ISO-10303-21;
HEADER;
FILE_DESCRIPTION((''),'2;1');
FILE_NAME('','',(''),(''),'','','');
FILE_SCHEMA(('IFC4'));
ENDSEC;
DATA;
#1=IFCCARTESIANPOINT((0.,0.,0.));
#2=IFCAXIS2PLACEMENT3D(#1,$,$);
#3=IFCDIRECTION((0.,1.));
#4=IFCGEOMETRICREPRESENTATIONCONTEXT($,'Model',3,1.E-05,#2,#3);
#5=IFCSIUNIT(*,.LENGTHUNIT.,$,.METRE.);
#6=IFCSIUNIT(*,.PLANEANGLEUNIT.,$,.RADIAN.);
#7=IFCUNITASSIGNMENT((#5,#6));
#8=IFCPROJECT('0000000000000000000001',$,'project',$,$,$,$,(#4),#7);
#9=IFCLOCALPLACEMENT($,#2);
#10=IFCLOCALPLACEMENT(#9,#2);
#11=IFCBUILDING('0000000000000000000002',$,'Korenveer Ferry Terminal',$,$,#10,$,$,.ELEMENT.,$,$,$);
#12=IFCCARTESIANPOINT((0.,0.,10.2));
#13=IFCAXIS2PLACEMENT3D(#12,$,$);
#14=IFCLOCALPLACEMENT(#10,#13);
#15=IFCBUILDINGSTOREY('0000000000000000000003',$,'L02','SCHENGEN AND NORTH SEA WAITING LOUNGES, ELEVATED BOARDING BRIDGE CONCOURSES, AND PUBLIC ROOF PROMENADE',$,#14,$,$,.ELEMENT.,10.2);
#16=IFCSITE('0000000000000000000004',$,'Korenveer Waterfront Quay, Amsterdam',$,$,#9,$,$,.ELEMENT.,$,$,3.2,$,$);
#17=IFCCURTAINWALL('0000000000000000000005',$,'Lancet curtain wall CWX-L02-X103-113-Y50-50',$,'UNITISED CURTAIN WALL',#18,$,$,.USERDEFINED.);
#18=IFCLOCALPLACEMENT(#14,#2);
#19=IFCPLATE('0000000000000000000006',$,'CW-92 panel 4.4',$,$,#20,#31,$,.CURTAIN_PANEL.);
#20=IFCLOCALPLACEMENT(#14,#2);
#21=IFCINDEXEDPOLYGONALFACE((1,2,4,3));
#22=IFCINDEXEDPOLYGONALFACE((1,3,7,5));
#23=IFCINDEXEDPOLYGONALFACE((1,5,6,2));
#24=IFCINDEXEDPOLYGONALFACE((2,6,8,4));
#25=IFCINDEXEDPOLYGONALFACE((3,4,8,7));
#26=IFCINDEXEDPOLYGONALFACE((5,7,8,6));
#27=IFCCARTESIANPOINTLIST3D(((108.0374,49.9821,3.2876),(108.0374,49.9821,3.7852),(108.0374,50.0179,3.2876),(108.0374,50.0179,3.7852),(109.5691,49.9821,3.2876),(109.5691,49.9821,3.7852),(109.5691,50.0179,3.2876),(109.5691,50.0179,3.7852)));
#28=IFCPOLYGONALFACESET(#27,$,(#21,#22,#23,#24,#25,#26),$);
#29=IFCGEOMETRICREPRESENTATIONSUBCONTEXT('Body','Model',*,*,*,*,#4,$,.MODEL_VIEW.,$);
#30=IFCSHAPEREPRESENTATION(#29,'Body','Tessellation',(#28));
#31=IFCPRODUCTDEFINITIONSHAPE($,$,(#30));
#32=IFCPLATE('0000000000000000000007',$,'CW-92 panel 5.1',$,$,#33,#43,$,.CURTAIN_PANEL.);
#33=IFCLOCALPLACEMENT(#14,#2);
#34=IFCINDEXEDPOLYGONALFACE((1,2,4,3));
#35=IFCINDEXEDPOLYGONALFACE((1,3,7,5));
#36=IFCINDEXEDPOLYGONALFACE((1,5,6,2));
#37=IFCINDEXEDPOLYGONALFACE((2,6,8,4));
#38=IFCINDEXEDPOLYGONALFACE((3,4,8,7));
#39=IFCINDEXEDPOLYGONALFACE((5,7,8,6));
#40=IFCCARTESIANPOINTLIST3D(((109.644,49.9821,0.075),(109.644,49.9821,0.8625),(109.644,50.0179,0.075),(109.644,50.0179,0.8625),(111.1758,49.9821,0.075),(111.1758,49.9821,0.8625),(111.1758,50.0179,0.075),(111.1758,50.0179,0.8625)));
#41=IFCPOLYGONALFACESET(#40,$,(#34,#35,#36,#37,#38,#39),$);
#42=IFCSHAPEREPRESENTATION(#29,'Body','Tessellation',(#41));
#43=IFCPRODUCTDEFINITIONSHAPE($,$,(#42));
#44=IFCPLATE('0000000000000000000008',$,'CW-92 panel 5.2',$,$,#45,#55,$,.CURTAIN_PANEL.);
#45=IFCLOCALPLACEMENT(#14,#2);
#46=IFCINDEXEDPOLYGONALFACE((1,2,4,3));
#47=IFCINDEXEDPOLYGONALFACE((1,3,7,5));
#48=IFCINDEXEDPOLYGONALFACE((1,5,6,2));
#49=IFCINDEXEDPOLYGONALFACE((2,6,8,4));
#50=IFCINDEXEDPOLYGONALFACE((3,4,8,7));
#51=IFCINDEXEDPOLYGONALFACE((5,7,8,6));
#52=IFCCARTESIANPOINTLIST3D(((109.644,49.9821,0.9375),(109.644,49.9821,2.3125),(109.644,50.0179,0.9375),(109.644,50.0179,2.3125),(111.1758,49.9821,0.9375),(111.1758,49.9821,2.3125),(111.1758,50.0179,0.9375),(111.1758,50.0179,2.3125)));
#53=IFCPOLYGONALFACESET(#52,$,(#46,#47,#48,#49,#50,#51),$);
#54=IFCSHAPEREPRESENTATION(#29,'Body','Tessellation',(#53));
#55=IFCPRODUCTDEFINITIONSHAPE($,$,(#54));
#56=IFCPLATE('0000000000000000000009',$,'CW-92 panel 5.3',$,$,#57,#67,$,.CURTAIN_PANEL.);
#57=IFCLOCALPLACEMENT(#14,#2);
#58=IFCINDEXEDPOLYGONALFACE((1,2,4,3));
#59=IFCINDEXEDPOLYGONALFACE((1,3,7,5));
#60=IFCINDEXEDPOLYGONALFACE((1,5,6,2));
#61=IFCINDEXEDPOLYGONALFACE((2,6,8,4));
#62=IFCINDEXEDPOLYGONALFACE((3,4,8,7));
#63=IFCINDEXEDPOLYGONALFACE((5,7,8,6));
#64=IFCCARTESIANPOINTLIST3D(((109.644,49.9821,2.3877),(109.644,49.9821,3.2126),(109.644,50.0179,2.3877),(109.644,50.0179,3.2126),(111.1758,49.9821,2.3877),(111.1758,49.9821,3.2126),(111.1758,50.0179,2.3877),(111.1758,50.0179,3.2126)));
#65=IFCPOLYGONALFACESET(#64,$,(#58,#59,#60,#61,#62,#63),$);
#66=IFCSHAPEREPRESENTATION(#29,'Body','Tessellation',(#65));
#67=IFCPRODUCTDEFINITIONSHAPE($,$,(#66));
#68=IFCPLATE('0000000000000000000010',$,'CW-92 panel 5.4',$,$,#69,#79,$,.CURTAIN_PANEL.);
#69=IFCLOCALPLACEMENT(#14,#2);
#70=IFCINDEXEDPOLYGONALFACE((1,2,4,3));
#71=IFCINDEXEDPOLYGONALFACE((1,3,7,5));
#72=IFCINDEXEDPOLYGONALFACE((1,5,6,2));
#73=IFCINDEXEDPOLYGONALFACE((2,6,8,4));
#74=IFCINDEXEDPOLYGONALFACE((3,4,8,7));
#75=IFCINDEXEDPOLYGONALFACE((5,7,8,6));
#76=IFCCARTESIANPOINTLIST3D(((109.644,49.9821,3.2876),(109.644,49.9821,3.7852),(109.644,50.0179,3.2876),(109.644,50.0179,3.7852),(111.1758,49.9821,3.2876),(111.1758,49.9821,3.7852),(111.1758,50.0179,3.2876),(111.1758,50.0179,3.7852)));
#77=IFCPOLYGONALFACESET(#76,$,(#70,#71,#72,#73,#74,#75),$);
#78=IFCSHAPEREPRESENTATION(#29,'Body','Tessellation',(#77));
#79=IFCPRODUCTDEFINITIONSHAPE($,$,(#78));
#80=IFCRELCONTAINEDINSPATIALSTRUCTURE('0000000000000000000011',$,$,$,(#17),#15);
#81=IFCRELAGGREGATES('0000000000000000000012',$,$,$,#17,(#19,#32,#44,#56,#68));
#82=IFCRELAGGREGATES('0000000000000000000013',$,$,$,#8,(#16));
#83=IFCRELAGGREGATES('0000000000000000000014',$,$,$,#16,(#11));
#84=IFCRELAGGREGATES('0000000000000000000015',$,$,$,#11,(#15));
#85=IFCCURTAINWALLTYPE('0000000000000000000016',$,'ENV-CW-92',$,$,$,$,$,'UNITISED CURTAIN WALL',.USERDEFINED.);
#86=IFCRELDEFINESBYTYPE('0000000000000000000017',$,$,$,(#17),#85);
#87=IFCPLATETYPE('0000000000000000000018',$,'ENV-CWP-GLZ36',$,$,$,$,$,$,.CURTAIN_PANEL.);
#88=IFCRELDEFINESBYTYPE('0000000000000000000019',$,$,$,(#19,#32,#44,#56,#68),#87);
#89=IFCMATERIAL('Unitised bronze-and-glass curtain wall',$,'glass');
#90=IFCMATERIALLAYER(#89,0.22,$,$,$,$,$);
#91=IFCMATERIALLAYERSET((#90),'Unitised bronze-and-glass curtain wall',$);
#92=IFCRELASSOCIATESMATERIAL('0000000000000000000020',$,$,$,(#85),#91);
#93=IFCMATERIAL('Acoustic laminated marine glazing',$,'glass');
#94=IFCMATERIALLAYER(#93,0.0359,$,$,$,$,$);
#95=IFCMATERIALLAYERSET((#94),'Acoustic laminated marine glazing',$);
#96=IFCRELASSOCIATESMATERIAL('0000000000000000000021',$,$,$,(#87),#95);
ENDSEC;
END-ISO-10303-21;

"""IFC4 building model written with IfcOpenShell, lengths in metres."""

from ifc_helpers import new_model, si_unit, direction, frame, origin, origin_2d, place, context, subcontext, project, spatial, rectangle, extrude, material, layer, layer_set, type_object, element, aggregate, save


model = new_model("IFC4")

# Units and contexts
model_context = context("Model", 3, precision=1e-05, world=origin(), true_north=direction((0.0, 1.0)))
body_context = subcontext(model_context, "Body", "Model", "MODEL_VIEW")
ifc_project = project(units=[si_unit("LENGTHUNIT", "METRE"), si_unit("PLANEANGLEUNIT", "RADIAN")], contexts=[model_context])

# Site, building, storey
site_placement = place(None, origin())
site = spatial("IfcSite", under=ifc_project, at=site_placement, Name="Korenveer Waterfront Quay, Amsterdam", CompositionType="ELEMENT", RefElevation=3.2)
building_placement = place(site_placement, origin())
building = spatial("IfcBuilding", under=site, at=building_placement, Name="Korenveer Ferry Terminal", CompositionType="ELEMENT")
storey_placement = place(building_placement, frame((0.0, 0.0, 10.2)))
storey = spatial("IfcBuildingStorey", under=building, at=storey_placement, Name="L02", Description="SCHENGEN AND NORTH SEA WAITING LOUNGES, ELEVATED BOARDING BRIDGE CONCOURSES, AND PUBLIC ROOF PROMENADE", CompositionType="ELEMENT", Elevation=10.2)

# Curtain wall, plates
ifc_material_1 = material(Name="Unitised bronze-and-glass curtain wall", Category="glass")
ifc_layer_1 = layer(ifc_material_1, 0.22)
ifc_layer_set_1 = layer_set([ifc_layer_1], Name="Unitised bronze-and-glass curtain wall")
curtain_wall_type = type_object("IfcCurtainWallType", Name="ENV-CW-92", ElementType="UNITISED CURTAIN WALL", PredefinedType="USERDEFINED", material=ifc_layer_set_1)
curtain_wall_placement = place(storey_placement, frame((103.1799, 50.0, 0.0)))
curtain_wall = element("IfcCurtainWall", 1, at=curtain_wall_placement, inside=storey, type_object=curtain_wall_type, Name="Lancet curtain wall CWX-L02-X103-113-Y50-50", ObjectType="UNITISED CURTAIN WALL", PredefinedType="USERDEFINED")
ifc_material_2 = material(Name="Acoustic laminated marine glazing", Category="glass")
ifc_layer_2 = layer(ifc_material_2, 0.0359)
ifc_layer_set_2 = layer_set([ifc_layer_2], Name="Acoustic laminated marine glazing")
plate_type = type_object("IfcPlateType", Name="ENV-CWP-GLZ36", PredefinedType="CURTAIN_PANEL", material=ifc_layer_set_2)
plate_1_placement = place(storey_placement, frame((108.8032, 50.0, 3.2876), z_axis=(0.0, 0.0, 1.0), x_axis=(1.0, 0.0, 0.0)))
plate_1 = element("IfcPlate", 2, at=plate_1_placement, type_object=plate_type, Name="CW-92 panel 4.4", PredefinedType="CURTAIN_PANEL", context=body_context, shape_type="SweptSolid", body=[
    extrude(rectangle(XDim=1.5317, YDim=0.0359, at=origin_2d()), origin(), (0.0, 0.0, 1.0), 0.4976),
])
plate_2_placement = place(storey_placement, frame((110.4099, 50.0, 0.075), z_axis=(0.0, 0.0, 1.0), x_axis=(1.0, 0.0, 0.0)))
plate_2 = element("IfcPlate", 3, at=plate_2_placement, type_object=plate_type, Name="CW-92 panel 5.1", PredefinedType="CURTAIN_PANEL", context=body_context, shape_type="SweptSolid", body=[
    extrude(rectangle(XDim=1.5317, YDim=0.0359, at=origin_2d()), origin(), (0.0, 0.0, 1.0), 0.7876),
])
plate_3_placement = place(storey_placement, frame((110.4099, 50.0, 0.9375), z_axis=(0.0, 0.0, 1.0), x_axis=(1.0, 0.0, 0.0)))
plate_3 = element("IfcPlate", 4, at=plate_3_placement, type_object=plate_type, Name="CW-92 panel 5.2", PredefinedType="CURTAIN_PANEL", context=body_context, shape_type="SweptSolid", body=[
    extrude(rectangle(XDim=1.5317, YDim=0.0359, at=origin_2d()), origin(), (0.0, 0.0, 1.0), 1.375),
])
plate_4_placement = place(storey_placement, frame((110.4099, 50.0, 2.3877), z_axis=(0.0, 0.0, 1.0), x_axis=(1.0, 0.0, 0.0)))
plate_4 = element("IfcPlate", 5, at=plate_4_placement, type_object=plate_type, Name="CW-92 panel 5.3", PredefinedType="CURTAIN_PANEL", context=body_context, shape_type="SweptSolid", body=[
    extrude(rectangle(XDim=1.5317, YDim=0.0359, at=origin_2d()), origin(), (0.0, 0.0, 1.0), 0.825),
])
plate_5_placement = place(storey_placement, frame((110.4099, 50.0, 3.2876), z_axis=(0.0, 0.0, 1.0), x_axis=(1.0, 0.0, 0.0)))
plate_5 = element("IfcPlate", 6, at=plate_5_placement, type_object=plate_type, Name="CW-92 panel 5.4", PredefinedType="CURTAIN_PANEL", context=body_context, shape_type="SweptSolid", body=[
    extrude(rectangle(XDim=1.5317, YDim=0.0359, at=origin_2d()), origin(), (0.0, 0.0, 1.0), 0.4976),
])
aggregate(curtain_wall, [plate_1, plate_2, plate_3, plate_4, plate_5])

save(model, "model.ifc")
